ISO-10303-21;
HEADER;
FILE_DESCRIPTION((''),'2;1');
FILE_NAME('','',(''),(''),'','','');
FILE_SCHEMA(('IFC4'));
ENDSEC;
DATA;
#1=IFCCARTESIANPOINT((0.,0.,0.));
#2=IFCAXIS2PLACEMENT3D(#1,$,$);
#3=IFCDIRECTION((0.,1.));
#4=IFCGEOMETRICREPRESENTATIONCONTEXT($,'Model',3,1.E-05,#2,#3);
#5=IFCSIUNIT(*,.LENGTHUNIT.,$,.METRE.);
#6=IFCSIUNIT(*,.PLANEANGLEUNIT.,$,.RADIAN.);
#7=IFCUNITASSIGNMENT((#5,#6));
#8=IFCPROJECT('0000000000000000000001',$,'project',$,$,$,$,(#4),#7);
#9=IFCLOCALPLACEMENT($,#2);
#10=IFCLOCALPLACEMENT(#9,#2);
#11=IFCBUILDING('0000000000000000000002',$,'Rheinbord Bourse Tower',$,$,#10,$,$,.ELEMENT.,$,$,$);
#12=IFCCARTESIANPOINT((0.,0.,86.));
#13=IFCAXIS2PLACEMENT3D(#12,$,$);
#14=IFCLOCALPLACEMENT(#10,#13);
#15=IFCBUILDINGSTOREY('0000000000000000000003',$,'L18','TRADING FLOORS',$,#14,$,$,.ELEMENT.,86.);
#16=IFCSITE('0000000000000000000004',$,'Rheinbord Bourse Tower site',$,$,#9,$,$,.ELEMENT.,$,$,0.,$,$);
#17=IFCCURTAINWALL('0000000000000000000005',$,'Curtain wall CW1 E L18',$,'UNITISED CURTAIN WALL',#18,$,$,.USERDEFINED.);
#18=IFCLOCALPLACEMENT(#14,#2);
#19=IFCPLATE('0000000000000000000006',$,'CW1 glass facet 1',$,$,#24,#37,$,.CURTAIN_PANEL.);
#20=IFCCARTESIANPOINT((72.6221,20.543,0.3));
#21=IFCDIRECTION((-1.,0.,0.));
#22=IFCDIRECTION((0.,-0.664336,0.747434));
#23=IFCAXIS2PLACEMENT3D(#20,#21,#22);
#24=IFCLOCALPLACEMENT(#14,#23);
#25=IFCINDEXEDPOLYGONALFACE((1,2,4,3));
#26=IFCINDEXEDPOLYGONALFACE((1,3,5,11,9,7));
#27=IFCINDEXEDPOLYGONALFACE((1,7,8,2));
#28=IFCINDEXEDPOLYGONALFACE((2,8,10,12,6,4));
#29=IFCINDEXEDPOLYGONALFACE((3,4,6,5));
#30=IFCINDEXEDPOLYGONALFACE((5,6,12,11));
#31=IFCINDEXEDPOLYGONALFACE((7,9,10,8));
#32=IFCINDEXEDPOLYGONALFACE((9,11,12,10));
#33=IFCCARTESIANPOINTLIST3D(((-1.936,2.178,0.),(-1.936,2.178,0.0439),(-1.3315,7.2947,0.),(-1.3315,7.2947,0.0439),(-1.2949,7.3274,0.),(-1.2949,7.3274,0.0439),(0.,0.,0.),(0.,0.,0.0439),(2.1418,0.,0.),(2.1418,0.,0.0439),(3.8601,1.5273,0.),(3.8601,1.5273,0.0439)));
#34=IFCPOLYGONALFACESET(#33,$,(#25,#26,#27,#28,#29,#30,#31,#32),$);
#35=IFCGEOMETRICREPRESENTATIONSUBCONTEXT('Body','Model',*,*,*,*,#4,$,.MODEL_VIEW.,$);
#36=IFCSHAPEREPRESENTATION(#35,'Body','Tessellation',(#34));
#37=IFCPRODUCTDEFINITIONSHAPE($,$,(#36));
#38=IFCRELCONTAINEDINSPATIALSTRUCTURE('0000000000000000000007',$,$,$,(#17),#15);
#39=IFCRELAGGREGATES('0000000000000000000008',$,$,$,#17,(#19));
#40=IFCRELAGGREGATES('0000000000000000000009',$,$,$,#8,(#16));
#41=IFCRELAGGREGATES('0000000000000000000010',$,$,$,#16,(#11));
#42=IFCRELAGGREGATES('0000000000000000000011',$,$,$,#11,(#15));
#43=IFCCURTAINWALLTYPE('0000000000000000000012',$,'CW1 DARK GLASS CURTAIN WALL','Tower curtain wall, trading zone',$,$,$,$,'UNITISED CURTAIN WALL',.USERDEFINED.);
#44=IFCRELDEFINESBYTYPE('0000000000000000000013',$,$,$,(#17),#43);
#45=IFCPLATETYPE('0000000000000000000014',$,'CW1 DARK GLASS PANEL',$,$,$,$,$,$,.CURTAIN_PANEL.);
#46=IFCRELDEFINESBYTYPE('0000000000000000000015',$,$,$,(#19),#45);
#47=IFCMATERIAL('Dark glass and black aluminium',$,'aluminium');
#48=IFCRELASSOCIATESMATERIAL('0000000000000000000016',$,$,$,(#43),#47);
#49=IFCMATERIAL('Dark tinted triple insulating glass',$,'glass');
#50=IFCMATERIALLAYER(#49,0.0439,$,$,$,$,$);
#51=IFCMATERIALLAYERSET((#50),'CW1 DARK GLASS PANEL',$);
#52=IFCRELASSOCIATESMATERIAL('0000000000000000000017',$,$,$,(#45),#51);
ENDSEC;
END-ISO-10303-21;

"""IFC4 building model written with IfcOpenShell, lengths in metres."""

from ifc_helpers import new_model, si_unit, direction, frame, origin, place, context, subcontext, project, spatial, polyline, outline, extrude, material, layer, layer_set, type_object, element, aggregate, save


model = new_model("IFC4")

# Units and contexts
model_context = context("Model", 3, precision=1e-05, world=origin(), true_north=direction((0.0, 1.0)))
body_context = subcontext(model_context, "Body", "Model", "MODEL_VIEW")
ifc_project = project(units=[si_unit("LENGTHUNIT", "METRE"), si_unit("PLANEANGLEUNIT", "RADIAN")], contexts=[model_context])

# Site, building, storey
site_placement = place(None, origin())
site = spatial("IfcSite", under=ifc_project, at=site_placement, Name="Rheinbord Bourse Tower site", CompositionType="ELEMENT", RefElevation=0.0)
building_placement = place(site_placement, origin())
building = spatial("IfcBuilding", under=site, at=building_placement, Name="Rheinbord Bourse Tower", CompositionType="ELEMENT")
storey_placement = place(building_placement, frame((0.0, 0.0, 86.0)))
storey = spatial("IfcBuildingStorey", under=building, at=storey_placement, Name="L18", Description="TRADING FLOORS", CompositionType="ELEMENT", Elevation=86.0)

# Curtain wall
ifc_material_1 = material(Name="Dark glass and black aluminium", Category="aluminium")
curtain_wall_type = type_object("IfcCurtainWallType", Name="CW1 DARK GLASS CURTAIN WALL", Description="Tower curtain wall, trading zone", ElementType="UNITISED CURTAIN WALL", PredefinedType="USERDEFINED", material=ifc_material_1)
curtain_wall_placement = place(storey_placement, origin())
curtain_wall = element("IfcCurtainWall", 1, at=curtain_wall_placement, inside=storey, type_object=curtain_wall_type, Name="Curtain wall CW1 E L18", ObjectType="UNITISED CURTAIN WALL", PredefinedType="USERDEFINED")

# Plate
ifc_material_2 = material(Name="Dark tinted triple insulating glass", Category="glass")
ifc_layer_1 = layer(ifc_material_2, 0.0439)
ifc_layer_set_1 = layer_set([ifc_layer_1], Name="CW1 DARK GLASS PANEL")
plate_type = type_object("IfcPlateType", Name="CW1 DARK GLASS PANEL", PredefinedType="CURTAIN_PANEL", material=ifc_layer_set_1)
plate_1_placement = place(storey_placement, frame((72.6221, 20.543, 0.3), z_axis=(-1.0, 0.0, 0.0), x_axis=(0.0, -0.664336, 0.747434)))
plate_1 = element("IfcPlate", 2, at=plate_1_placement, type_object=plate_type, Name="CW1 glass facet 1", PredefinedType="CURTAIN_PANEL", context=body_context, shape_type="SweptSolid", body=[
    extrude(outline(polyline([(0.0, 0.0), (2.1418, 0.0), (3.8601, 1.5273), (-1.2949, 7.3274), (-1.3315, 7.2947), (-1.936, 2.178), (0.0, 0.0)])), origin(), (0.0, 0.0, 1.0), 0.0439),
])
aggregate(curtain_wall, [plate_1])

save(model, "model.ifc")
